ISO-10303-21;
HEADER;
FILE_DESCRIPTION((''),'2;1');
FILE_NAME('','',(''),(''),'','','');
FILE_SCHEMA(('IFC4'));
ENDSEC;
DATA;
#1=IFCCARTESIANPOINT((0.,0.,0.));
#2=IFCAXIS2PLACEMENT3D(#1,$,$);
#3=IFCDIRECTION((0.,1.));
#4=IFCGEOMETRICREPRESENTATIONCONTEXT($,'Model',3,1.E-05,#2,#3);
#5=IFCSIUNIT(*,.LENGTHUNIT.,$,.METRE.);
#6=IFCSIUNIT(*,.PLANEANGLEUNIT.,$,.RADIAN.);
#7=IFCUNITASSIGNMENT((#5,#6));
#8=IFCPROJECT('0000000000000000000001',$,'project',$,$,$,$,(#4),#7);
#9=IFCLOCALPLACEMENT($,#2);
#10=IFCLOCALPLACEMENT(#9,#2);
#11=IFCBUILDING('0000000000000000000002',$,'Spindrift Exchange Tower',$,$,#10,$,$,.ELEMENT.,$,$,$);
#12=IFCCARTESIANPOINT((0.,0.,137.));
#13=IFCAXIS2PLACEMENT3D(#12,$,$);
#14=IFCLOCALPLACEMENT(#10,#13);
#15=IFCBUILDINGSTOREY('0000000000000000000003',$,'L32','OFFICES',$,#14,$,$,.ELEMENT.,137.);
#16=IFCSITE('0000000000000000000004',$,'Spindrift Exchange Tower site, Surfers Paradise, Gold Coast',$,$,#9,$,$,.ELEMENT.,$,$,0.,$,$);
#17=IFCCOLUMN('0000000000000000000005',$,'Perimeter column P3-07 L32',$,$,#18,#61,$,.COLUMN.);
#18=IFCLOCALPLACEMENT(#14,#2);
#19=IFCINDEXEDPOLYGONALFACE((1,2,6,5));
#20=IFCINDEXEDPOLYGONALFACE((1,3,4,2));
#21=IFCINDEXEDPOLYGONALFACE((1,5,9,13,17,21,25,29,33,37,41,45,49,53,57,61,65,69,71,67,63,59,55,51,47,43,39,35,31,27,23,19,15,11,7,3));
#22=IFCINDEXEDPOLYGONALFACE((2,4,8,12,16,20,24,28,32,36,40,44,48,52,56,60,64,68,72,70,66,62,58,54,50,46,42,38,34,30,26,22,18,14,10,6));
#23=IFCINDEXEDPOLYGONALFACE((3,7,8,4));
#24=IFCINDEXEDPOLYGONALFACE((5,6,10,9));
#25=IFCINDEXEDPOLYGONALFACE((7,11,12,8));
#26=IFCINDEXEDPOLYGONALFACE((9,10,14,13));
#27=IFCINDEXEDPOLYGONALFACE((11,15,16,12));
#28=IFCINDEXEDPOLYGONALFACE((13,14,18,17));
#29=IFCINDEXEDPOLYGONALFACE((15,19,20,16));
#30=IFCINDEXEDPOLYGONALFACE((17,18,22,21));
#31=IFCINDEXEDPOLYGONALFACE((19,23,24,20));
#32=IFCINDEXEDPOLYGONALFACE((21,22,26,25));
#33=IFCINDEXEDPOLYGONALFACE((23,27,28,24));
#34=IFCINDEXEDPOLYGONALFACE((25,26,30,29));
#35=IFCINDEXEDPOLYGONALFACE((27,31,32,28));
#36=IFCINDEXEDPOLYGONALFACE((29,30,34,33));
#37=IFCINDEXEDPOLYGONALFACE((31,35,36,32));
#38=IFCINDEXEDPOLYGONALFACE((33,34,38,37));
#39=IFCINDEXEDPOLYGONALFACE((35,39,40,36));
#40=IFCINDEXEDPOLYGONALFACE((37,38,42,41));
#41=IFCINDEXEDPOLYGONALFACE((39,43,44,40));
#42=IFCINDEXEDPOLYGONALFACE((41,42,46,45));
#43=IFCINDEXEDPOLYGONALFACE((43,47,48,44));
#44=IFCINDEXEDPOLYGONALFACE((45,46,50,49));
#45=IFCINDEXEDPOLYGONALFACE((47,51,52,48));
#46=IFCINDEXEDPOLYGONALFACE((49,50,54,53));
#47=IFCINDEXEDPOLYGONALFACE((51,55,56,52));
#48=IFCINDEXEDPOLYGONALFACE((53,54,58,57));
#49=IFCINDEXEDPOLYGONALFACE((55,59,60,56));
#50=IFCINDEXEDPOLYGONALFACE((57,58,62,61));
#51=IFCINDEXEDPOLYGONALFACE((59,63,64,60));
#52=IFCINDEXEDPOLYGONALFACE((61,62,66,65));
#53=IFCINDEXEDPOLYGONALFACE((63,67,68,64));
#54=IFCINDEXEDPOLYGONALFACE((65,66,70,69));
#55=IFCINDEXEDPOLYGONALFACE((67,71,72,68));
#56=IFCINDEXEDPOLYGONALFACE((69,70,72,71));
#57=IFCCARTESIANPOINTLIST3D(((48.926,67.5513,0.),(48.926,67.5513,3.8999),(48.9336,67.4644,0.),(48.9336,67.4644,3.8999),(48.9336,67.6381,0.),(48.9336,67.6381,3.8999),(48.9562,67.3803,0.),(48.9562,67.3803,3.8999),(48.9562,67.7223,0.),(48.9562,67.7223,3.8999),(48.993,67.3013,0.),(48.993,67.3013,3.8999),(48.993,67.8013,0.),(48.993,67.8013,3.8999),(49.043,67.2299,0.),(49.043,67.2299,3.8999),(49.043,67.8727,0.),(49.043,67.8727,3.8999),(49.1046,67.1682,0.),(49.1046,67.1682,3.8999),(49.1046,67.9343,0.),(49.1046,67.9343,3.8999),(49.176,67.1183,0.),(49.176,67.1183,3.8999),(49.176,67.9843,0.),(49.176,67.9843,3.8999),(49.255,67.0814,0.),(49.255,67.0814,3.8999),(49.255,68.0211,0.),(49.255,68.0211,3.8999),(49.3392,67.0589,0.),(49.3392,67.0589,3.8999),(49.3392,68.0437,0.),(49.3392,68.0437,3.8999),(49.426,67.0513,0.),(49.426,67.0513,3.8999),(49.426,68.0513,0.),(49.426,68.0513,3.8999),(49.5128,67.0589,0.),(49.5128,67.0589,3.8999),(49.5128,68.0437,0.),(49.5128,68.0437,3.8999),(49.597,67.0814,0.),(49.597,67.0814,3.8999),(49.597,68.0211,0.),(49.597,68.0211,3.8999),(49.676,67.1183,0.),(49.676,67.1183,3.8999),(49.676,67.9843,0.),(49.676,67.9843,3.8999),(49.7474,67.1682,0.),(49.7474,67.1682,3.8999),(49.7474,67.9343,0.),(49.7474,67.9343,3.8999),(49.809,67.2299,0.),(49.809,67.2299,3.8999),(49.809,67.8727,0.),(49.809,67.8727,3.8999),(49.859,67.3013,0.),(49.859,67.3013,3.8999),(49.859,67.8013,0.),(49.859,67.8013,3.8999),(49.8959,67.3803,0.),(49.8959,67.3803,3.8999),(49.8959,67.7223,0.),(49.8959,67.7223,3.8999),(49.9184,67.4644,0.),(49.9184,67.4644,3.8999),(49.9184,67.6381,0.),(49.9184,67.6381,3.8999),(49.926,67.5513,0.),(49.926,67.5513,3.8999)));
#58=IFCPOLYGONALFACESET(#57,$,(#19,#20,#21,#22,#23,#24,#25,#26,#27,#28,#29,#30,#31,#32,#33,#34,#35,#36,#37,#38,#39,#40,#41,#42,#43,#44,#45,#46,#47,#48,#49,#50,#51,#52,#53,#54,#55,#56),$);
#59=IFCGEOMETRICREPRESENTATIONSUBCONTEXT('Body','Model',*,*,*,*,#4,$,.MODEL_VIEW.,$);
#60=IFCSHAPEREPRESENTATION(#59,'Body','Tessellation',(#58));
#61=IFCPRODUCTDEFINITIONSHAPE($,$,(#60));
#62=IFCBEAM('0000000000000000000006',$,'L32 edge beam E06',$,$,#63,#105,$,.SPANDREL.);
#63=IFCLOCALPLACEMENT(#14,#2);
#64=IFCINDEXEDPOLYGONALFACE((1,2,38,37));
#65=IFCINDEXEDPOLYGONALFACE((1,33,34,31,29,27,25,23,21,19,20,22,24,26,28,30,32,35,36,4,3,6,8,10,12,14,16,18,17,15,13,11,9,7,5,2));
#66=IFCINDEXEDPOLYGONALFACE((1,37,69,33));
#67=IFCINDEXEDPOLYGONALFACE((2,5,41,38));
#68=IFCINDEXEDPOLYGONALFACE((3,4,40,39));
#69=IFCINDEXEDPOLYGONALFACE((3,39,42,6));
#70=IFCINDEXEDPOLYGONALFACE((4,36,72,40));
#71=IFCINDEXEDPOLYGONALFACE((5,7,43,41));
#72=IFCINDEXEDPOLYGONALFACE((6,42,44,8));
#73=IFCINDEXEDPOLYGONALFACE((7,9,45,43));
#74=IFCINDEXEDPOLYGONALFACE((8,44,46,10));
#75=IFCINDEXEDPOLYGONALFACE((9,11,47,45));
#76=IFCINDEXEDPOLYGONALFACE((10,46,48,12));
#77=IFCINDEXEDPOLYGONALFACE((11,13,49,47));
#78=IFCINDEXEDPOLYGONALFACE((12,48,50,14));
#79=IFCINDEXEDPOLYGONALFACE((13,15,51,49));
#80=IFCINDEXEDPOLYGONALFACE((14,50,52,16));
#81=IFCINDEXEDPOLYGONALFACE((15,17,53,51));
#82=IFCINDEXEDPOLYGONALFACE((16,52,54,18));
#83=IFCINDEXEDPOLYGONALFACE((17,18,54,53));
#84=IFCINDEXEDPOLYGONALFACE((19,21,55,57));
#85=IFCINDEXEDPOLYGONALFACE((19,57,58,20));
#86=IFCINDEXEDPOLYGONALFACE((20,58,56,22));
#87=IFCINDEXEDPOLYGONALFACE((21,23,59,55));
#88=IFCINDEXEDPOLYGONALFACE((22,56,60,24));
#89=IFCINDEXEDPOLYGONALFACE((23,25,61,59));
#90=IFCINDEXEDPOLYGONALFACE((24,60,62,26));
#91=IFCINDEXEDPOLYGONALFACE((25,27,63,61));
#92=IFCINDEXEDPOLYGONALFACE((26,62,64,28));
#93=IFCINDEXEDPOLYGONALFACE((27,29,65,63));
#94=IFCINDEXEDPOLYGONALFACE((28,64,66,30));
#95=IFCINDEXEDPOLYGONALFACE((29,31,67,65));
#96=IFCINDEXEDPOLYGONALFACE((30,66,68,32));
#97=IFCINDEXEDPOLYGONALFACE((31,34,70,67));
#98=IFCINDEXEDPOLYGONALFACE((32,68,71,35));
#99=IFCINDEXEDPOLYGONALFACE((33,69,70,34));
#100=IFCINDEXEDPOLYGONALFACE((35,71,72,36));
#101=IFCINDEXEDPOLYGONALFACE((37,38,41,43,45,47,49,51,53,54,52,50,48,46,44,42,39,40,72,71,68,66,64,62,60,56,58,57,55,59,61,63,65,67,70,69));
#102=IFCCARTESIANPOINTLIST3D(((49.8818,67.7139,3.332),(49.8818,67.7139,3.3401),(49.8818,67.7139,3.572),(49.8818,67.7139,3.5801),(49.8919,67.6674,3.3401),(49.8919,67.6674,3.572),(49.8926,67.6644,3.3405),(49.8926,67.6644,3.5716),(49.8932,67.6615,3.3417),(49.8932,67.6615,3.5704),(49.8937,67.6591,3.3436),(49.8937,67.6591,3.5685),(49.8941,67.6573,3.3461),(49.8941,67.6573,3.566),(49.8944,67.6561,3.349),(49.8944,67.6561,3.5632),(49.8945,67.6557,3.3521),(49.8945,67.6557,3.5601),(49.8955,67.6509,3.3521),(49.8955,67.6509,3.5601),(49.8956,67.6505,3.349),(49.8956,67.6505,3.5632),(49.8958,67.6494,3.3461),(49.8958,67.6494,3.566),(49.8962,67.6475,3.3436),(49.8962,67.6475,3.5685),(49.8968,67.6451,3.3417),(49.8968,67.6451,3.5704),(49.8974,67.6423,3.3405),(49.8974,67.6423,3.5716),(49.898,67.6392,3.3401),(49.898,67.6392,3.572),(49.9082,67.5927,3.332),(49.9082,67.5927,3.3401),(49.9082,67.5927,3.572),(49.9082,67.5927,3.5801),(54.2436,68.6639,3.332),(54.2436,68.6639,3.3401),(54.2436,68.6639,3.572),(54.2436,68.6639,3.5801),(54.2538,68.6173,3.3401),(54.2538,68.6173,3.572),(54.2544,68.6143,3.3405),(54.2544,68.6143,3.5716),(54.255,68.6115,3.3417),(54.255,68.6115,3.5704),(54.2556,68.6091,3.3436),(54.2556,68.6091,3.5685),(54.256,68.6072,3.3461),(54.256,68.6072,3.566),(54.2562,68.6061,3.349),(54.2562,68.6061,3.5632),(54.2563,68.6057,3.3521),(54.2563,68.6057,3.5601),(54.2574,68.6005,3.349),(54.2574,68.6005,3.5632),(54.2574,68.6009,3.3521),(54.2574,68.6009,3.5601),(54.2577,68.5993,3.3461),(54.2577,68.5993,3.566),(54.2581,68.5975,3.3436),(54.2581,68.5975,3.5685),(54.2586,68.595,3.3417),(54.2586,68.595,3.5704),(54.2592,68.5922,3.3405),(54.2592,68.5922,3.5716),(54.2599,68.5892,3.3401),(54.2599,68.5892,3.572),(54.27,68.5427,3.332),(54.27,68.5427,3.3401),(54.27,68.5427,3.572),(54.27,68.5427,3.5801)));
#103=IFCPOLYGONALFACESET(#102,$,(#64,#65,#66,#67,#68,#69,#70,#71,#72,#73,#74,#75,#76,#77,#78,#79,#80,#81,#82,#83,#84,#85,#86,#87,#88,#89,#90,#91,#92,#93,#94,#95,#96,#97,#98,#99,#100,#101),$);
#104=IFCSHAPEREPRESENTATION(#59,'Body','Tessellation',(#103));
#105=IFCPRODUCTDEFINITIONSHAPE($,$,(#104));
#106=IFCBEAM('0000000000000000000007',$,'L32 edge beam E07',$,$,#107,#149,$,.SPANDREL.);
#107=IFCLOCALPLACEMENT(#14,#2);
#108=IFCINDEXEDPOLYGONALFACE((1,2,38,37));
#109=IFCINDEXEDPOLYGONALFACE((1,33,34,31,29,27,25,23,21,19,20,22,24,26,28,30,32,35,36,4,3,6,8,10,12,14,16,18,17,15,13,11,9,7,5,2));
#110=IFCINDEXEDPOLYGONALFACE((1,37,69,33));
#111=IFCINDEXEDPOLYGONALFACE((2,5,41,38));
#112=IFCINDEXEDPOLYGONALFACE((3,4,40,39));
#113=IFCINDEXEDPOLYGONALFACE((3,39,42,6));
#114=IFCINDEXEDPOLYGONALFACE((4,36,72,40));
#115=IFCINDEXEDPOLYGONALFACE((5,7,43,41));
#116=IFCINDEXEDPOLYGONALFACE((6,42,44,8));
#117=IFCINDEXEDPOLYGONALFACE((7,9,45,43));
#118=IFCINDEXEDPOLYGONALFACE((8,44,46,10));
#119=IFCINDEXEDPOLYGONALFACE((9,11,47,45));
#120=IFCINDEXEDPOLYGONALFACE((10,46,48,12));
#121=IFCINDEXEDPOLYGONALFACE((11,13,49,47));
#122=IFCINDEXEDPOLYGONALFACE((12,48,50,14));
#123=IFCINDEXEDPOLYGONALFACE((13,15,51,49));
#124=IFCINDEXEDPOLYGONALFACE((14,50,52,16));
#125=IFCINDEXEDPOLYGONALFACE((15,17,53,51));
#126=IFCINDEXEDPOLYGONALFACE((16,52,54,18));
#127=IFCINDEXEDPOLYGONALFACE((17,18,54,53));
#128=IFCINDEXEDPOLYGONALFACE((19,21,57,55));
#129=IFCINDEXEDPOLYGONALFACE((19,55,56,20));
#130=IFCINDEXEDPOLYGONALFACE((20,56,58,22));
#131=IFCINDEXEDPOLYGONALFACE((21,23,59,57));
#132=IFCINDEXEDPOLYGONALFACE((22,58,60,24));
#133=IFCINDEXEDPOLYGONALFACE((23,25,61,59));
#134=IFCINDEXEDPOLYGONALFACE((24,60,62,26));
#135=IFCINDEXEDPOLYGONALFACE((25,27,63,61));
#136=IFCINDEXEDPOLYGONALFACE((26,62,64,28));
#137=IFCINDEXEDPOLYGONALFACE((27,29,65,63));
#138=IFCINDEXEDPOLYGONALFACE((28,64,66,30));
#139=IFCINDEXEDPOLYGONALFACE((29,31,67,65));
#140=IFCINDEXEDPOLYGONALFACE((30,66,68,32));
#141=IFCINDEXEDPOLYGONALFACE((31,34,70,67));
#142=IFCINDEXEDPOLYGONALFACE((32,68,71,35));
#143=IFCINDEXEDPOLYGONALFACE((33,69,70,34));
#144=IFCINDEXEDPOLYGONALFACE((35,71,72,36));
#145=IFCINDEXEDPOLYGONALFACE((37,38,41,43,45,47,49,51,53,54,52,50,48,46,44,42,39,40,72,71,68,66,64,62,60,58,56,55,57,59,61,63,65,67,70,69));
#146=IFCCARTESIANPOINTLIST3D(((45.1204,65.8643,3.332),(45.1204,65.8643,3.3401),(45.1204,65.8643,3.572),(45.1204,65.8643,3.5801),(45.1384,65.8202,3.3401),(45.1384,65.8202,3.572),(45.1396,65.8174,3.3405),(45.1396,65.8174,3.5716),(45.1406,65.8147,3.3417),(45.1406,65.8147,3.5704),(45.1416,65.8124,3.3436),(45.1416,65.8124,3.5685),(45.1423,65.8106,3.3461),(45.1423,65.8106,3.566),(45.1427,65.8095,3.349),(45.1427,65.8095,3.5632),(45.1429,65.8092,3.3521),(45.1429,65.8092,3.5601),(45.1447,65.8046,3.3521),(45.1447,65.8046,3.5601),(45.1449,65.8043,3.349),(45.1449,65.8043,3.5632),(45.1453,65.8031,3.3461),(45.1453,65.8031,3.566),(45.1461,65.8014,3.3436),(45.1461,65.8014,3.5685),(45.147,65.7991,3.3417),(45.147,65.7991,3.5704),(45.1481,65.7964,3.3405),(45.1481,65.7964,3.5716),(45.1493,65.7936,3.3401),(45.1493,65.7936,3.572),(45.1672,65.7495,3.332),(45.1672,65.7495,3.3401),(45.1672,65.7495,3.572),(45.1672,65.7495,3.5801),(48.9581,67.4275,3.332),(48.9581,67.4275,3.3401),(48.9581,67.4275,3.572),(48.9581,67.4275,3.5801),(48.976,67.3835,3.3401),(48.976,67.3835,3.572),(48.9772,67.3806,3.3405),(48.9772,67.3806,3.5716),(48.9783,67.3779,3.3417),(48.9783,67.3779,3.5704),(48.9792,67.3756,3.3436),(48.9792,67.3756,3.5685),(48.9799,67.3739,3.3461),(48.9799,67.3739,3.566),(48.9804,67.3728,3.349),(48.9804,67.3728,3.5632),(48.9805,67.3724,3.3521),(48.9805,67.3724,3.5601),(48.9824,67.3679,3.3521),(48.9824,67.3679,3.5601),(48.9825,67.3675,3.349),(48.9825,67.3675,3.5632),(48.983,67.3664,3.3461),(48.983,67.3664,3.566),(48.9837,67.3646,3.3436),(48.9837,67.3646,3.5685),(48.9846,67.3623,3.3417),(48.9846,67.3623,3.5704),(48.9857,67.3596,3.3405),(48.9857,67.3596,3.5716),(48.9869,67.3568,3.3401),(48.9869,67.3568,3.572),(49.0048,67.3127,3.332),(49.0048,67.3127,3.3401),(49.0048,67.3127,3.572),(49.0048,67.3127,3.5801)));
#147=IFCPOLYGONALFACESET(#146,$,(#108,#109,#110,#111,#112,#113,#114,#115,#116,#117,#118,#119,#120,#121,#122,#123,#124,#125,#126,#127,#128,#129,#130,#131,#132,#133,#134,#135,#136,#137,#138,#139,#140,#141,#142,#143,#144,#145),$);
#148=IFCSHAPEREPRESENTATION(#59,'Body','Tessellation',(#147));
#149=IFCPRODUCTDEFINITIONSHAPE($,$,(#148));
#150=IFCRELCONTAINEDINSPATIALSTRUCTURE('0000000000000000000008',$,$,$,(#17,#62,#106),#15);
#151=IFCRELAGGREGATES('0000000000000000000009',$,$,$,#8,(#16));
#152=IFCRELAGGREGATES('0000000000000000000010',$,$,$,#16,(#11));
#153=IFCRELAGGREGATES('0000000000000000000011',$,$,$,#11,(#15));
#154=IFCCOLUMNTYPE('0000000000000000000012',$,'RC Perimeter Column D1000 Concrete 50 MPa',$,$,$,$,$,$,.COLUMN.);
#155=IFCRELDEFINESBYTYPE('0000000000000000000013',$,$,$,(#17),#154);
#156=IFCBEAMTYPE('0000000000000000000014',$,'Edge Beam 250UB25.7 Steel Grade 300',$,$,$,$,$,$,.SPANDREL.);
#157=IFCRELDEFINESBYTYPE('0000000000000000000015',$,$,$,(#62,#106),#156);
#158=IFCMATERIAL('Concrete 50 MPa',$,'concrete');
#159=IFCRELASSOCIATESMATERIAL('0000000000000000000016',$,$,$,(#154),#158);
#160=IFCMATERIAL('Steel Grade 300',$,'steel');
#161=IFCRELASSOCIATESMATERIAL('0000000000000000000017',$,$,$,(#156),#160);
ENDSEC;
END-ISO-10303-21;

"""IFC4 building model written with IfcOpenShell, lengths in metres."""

from ifc_helpers import new_model, si_unit, direction, frame, origin, origin_2d, place, context, subcontext, project, spatial, circle, i_section, extrude, source, transform, mapped, material, material_profile, profile_set, type_object, element, save


model = new_model("IFC4")

# Units and contexts
model_context = context("Model", 3, precision=1e-05, world=origin(), true_north=direction((0.0, 1.0)))
body_context = subcontext(model_context, "Body", "Model", "MODEL_VIEW")
ifc_project = project(units=[si_unit("LENGTHUNIT", "METRE"), si_unit("PLANEANGLEUNIT", "RADIAN")], contexts=[model_context])

# Site, building, storey
site_placement = place(None, origin())
site = spatial("IfcSite", under=ifc_project, at=site_placement, Name="Spindrift Exchange Tower site, Surfers Paradise, Gold Coast", CompositionType="ELEMENT", RefElevation=0.0)
building_placement = place(site_placement, origin())
building = spatial("IfcBuilding", under=site, at=building_placement, Name="Spindrift Exchange Tower", CompositionType="ELEMENT")
storey_placement = place(building_placement, frame((0.0, 0.0, 137.0)))
storey = spatial("IfcBuildingStorey", under=building, at=storey_placement, Name="L32", Description="OFFICES", CompositionType="ELEMENT", Elevation=137.0)

# Column
ifc_material_1 = material(Name="Concrete 50 MPa", Category="concrete")
ifc_material_profile_1 = material_profile(ifc_material_1, circle(Radius=0.5, at=origin_2d()), Name="RC D1000")
ifc_profile_set_1 = profile_set([ifc_material_profile_1], Name="Concrete 50 MPa")
column_type = type_object("IfcColumnType", Name="RC Perimeter Column D1000 Concrete 50 MPa", PredefinedType="COLUMN", material=ifc_profile_set_1)
shared_shape_1 = source(origin(), body_context, "Body", "SweptSolid", [
    extrude(circle(Radius=0.5, at=origin_2d()), origin(), (0.0, 0.0, 1.0), 3.8999),
])
column_placement = place(storey_placement, frame((49.426, 67.5513, 0.0), z_axis=(0.0, 0.0, 1.0), x_axis=(1.0, 0.0, 0.0)))
element("IfcColumn", 1, at=column_placement, inside=storey, type_object=column_type, Name="Perimeter column P3-07 L32", PredefinedType="COLUMN", context=body_context, shape_type="MappedRepresentation", body=[
    mapped(shared_shape_1, transform((0.0, 0.0, 0.0), scale=1.0)),
])

# Beams
ifc_material_2 = material(Name="Steel Grade 300", Category="steel")
ifc_material_profile_2 = material_profile(ifc_material_2, i_section(OverallWidth=0.124, OverallDepth=0.248, WebThickness=0.0049, FlangeThickness=0.0081, FilletRadius=0.012, at=origin_2d()), Name="250UB25.7")
ifc_profile_set_2 = profile_set([ifc_material_profile_2], Name="Steel Grade 300")
beam_type_1 = type_object("IfcBeamType", Name="Edge Beam 250UB25.7 Steel Grade 300", PredefinedType="SPANDREL", material=ifc_profile_set_2)
shared_shape_2 = source(origin(), body_context, "Body", "SweptSolid", [
    extrude(i_section(OverallWidth=0.124, OverallDepth=0.248, WebThickness=0.0049, FlangeThickness=0.0081, FilletRadius=0.012, at=origin_2d()), origin(), (0.0, 0.0, 1.0), 4.4641),
])
beam_1_placement = place(storey_placement, frame((54.2568, 68.6033, 3.4561), z_axis=(-0.977096, -0.2128, 0.0), x_axis=(0.2128, -0.977096, 0.0)))
element("IfcBeam", 2, at=beam_1_placement, inside=storey, type_object=beam_type_1, Name="L32 edge beam E06", PredefinedType="SPANDREL", context=body_context, shape_type="MappedRepresentation", body=[
    mapped(shared_shape_2, transform((0.0, 0.0, 0.0), scale=1.0)),
])
shared_shape_3 = source(origin(), body_context, "Body", "SweptSolid", [
    extrude(i_section(OverallWidth=0.124, OverallDepth=0.248, WebThickness=0.0049, FlangeThickness=0.0081, FilletRadius=0.012, at=origin_2d()), origin(), (0.0, 0.0, 1.0), 4.1438),
])
beam_2_placement = place(storey_placement, frame((48.9814, 67.3701, 3.4561), z_axis=(-0.926114, -0.377244, 0.0), x_axis=(0.377244, -0.926114, 0.0)))
element("IfcBeam", 3, at=beam_2_placement, inside=storey, type_object=beam_type_1, Name="L32 edge beam E07", PredefinedType="SPANDREL", context=body_context, shape_type="MappedRepresentation", body=[
    mapped(shared_shape_3, transform((0.0, 0.0, 0.0), scale=1.0)),
])

save(model, "model.ifc")
